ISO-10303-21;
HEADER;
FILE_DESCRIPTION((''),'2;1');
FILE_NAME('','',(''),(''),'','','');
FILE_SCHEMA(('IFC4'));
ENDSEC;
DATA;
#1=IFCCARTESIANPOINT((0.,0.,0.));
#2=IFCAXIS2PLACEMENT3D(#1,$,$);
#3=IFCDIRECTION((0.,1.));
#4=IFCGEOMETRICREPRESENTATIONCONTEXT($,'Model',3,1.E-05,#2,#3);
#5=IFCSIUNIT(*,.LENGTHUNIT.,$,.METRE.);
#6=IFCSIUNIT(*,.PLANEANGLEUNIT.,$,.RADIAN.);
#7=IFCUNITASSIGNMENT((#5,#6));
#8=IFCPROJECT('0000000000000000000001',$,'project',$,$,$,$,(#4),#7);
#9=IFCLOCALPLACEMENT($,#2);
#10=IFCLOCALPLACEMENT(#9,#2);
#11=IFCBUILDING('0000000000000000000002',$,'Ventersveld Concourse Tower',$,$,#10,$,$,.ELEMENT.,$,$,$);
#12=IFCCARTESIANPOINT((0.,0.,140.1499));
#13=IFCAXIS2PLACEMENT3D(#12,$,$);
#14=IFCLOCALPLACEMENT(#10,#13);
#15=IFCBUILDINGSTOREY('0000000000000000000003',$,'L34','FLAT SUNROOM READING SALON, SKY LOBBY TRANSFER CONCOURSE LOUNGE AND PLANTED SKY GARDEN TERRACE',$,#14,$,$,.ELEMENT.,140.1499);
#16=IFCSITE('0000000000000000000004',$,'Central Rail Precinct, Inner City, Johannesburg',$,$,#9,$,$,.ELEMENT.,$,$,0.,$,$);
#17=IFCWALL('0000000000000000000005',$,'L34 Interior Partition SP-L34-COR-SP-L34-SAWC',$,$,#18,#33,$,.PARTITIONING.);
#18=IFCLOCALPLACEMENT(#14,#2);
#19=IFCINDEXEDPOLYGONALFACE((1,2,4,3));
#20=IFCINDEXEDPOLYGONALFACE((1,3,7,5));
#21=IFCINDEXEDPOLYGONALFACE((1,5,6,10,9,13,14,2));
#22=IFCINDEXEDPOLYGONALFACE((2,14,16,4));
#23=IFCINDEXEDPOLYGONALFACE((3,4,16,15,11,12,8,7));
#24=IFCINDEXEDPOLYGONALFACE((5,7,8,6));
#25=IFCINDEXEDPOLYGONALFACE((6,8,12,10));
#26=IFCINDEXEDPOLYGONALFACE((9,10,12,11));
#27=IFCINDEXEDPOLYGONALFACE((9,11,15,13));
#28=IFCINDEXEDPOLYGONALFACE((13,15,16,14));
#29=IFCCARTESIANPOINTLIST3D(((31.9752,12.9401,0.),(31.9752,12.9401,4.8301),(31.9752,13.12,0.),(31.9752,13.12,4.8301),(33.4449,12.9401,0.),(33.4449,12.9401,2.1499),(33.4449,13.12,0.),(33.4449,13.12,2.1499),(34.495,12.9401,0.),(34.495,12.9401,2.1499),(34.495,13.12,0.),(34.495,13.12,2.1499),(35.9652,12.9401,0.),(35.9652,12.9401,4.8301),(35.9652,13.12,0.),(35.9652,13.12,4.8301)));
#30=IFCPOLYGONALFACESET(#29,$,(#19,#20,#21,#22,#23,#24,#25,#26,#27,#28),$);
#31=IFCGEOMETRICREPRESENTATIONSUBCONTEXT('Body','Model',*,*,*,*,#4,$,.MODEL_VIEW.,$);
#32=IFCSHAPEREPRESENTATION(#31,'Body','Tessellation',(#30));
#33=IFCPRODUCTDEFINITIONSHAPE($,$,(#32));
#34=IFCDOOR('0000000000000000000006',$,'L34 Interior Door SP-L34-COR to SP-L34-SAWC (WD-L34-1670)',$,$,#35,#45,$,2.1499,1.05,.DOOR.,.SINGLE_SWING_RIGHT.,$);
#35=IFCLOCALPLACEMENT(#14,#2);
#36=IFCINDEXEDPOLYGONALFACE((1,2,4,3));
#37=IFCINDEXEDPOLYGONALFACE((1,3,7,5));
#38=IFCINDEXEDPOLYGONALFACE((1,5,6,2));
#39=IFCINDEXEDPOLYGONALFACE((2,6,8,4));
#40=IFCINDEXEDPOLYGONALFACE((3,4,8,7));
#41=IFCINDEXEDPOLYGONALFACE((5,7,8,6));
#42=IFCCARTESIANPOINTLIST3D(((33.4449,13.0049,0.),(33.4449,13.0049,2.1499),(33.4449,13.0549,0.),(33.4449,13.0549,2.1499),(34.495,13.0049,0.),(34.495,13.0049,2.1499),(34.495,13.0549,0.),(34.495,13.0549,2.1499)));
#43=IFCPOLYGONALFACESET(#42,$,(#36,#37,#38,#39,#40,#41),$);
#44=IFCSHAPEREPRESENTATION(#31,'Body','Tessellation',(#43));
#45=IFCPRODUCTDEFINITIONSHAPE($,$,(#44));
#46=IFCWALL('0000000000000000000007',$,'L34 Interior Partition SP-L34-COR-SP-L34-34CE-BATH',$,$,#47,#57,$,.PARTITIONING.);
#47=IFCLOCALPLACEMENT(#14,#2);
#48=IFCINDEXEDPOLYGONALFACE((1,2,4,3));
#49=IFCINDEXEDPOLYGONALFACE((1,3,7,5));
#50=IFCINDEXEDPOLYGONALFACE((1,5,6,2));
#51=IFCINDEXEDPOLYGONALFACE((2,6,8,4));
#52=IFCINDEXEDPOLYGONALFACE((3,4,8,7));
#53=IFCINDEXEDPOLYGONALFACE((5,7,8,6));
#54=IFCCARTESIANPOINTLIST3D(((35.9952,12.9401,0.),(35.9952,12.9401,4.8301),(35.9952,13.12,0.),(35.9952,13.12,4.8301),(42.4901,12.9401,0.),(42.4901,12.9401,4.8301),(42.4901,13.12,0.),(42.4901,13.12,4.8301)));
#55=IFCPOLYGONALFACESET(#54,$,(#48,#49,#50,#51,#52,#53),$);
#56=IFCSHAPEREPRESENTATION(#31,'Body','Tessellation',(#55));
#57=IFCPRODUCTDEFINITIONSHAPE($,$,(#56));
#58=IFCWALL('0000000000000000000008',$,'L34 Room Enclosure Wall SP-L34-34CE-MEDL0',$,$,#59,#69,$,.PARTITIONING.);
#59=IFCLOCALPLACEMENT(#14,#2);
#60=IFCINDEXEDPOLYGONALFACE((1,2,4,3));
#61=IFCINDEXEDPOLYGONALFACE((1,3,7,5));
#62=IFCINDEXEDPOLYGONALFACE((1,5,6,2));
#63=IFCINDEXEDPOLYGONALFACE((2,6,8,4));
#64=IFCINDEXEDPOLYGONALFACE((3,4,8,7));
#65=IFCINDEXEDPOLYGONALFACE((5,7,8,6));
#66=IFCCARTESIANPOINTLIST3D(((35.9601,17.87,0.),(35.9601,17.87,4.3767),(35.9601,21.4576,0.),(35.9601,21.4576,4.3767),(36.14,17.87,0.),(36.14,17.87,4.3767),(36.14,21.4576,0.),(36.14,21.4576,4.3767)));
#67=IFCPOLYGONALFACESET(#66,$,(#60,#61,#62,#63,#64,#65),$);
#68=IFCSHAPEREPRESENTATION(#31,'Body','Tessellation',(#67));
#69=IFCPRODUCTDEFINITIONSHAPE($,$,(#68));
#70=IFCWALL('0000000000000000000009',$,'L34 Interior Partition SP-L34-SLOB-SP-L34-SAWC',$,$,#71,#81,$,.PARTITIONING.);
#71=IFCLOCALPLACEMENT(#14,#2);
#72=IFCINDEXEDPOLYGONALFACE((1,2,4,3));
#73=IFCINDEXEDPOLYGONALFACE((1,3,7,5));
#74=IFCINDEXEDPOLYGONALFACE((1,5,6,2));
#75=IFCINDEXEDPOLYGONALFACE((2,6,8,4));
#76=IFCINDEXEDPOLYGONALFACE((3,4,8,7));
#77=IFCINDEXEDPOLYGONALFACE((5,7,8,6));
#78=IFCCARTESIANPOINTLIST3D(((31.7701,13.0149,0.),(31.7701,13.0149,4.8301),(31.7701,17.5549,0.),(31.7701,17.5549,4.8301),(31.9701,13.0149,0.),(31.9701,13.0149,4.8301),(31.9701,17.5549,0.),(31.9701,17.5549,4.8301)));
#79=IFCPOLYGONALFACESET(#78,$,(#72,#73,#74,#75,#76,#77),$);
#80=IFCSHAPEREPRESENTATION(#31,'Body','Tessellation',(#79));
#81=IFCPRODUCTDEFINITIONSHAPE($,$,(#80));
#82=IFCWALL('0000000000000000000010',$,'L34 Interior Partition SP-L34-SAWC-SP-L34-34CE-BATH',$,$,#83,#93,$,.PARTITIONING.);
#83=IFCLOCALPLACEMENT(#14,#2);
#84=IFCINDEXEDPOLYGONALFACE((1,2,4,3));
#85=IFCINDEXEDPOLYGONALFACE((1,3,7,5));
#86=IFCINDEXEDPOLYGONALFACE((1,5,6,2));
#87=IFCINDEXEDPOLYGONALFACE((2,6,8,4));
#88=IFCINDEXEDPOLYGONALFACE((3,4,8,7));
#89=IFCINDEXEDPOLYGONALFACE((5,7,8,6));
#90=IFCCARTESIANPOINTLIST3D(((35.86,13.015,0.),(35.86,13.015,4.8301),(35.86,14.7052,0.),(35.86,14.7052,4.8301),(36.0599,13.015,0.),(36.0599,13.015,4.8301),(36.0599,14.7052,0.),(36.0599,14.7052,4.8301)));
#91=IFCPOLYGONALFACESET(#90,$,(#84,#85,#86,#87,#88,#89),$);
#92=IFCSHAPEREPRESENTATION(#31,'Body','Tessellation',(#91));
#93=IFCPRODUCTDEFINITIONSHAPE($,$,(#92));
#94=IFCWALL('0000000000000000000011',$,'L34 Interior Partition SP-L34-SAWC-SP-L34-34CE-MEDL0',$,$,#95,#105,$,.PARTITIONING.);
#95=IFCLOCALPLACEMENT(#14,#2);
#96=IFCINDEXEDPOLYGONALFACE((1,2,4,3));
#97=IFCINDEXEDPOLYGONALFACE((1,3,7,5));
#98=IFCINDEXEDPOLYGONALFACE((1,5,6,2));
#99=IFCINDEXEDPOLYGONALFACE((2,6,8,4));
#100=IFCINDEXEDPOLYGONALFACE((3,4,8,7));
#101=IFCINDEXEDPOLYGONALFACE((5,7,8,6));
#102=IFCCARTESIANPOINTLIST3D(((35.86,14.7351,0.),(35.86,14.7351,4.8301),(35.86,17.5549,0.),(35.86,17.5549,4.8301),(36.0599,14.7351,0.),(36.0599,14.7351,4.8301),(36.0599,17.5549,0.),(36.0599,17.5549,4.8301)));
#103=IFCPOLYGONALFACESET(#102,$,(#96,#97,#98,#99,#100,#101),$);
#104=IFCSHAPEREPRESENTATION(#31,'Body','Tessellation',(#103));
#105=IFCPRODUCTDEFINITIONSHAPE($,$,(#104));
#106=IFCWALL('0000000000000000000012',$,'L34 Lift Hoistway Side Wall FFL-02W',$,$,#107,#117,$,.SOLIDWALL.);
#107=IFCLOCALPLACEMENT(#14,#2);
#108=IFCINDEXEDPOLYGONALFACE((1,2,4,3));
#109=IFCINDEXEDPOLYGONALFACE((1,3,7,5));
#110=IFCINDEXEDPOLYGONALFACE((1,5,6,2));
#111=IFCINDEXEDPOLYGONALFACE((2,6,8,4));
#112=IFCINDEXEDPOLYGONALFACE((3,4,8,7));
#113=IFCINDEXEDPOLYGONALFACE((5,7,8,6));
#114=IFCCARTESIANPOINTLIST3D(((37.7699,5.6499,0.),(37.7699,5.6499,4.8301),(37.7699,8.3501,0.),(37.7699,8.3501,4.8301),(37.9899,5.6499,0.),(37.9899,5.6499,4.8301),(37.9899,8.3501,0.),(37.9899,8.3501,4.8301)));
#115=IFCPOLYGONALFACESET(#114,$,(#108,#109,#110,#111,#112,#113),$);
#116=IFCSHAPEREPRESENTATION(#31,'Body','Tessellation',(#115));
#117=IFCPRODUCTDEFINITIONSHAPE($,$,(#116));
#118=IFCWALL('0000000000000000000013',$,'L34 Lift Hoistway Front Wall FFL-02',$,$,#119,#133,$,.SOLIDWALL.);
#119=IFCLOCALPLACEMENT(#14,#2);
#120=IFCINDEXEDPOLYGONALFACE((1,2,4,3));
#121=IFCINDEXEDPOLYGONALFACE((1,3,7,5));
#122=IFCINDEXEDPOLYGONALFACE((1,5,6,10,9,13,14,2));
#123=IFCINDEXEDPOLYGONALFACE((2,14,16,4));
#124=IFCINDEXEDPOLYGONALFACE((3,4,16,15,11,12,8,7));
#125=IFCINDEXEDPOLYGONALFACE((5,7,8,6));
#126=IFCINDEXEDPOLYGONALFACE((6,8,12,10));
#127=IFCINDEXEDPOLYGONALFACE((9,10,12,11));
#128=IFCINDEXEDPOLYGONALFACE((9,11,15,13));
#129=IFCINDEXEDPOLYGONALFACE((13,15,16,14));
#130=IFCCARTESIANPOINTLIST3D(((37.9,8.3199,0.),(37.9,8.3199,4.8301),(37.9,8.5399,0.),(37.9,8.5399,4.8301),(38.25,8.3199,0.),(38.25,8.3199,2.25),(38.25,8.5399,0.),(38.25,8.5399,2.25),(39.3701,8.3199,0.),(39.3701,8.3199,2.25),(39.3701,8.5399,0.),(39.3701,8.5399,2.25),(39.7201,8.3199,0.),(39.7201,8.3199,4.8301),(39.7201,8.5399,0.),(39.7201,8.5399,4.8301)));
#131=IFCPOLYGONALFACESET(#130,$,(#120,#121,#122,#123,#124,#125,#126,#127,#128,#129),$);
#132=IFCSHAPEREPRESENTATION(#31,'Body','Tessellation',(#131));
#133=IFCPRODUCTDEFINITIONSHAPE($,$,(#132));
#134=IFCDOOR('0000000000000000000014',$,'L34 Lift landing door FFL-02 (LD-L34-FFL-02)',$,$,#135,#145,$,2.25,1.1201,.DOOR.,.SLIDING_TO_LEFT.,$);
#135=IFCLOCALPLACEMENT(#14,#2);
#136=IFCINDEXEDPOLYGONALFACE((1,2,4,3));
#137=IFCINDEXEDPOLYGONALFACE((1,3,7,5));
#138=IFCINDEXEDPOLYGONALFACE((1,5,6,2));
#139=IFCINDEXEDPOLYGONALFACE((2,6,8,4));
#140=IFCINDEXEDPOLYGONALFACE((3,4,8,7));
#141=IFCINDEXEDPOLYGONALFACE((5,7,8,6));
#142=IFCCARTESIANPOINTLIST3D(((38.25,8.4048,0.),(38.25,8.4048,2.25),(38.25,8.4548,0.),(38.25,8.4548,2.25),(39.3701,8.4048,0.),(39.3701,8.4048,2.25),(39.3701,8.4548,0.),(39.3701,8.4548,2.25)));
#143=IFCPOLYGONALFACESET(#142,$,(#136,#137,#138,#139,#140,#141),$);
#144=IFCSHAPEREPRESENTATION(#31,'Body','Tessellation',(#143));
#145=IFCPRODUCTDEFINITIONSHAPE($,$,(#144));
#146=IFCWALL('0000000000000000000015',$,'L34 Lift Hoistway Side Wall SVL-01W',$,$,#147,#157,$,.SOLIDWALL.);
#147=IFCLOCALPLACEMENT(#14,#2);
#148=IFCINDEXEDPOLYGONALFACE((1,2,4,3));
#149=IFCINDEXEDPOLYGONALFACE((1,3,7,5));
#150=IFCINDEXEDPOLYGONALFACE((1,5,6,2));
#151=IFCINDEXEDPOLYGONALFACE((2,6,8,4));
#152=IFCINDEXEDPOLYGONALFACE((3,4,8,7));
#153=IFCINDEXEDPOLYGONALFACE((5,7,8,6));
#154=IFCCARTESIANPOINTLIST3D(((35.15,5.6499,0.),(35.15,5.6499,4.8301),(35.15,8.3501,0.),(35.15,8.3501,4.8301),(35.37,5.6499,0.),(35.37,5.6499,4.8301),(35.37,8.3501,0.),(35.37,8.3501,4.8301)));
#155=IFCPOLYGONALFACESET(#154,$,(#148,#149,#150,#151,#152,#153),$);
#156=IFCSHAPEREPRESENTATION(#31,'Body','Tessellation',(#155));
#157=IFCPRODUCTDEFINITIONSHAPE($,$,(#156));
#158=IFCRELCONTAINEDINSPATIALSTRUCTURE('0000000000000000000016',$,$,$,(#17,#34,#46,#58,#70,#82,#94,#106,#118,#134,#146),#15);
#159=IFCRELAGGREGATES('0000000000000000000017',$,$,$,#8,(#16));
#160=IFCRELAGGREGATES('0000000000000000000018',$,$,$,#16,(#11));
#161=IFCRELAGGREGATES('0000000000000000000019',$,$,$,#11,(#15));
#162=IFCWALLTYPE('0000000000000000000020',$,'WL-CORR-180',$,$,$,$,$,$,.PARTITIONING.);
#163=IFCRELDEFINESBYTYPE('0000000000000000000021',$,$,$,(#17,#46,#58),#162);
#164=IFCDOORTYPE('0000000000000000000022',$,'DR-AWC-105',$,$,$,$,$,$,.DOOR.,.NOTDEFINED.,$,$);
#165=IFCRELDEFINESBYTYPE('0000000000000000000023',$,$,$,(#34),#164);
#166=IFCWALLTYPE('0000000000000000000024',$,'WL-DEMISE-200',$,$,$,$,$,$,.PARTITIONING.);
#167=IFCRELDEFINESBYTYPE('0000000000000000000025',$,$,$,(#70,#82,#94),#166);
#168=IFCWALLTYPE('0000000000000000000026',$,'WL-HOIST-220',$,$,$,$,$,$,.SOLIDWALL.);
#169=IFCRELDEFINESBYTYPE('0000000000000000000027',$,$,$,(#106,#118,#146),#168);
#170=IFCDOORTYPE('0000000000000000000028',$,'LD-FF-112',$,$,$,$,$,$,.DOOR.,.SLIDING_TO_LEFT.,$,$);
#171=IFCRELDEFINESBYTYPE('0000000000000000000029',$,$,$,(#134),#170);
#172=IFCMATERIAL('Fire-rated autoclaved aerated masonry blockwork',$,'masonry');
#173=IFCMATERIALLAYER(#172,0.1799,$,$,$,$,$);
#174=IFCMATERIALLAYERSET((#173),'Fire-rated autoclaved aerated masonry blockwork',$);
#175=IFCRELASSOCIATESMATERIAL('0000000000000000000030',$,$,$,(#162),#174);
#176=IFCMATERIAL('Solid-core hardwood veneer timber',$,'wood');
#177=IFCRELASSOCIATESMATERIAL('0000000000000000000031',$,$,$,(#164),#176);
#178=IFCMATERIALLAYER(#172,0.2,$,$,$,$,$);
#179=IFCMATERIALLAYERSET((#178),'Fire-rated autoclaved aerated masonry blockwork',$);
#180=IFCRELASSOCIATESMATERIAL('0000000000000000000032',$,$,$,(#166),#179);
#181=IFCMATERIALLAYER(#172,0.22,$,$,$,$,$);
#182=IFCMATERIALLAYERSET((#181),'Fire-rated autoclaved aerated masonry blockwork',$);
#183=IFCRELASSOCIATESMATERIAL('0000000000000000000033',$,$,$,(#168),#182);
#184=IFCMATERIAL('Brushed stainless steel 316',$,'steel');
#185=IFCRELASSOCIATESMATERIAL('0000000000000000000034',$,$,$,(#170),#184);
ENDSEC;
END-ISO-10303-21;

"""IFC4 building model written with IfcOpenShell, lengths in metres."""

from ifc_helpers import new_model, si_unit, direction, frame, frame_2d, origin, place, context, subcontext, project, spatial, rectangle, extrude, material, layer, layer_set, type_object, element, fill, save


model = new_model("IFC4")

# Units and contexts
model_context = context("Model", 3, precision=1e-05, world=origin(), true_north=direction((0.0, 1.0)))
body_context = subcontext(model_context, "Body", "Model", "MODEL_VIEW")
ifc_project = project(units=[si_unit("LENGTHUNIT", "METRE"), si_unit("PLANEANGLEUNIT", "RADIAN")], contexts=[model_context])

# Site, building, storey
site_placement = place(None, origin())
site = spatial("IfcSite", under=ifc_project, at=site_placement, Name="Central Rail Precinct, Inner City, Johannesburg", CompositionType="ELEMENT", RefElevation=0.0)
building_placement = place(site_placement, origin())
building = spatial("IfcBuilding", under=site, at=building_placement, Name="Ventersveld Concourse Tower", CompositionType="ELEMENT")
storey_placement = place(building_placement, frame((0.0, 0.0, 140.1499)))
storey = spatial("IfcBuildingStorey", under=building, at=storey_placement, Name="L34", Description="FLAT SUNROOM READING SALON, SKY LOBBY TRANSFER CONCOURSE LOUNGE AND PLANTED SKY GARDEN TERRACE", CompositionType="ELEMENT", Elevation=140.1499)

# Shared definitions
ifc_material_1 = material(Name="Fire-rated autoclaved aerated masonry blockwork", Category="masonry")
ifc_layer_1 = layer(ifc_material_1, 0.1799)
ifc_layer_set_1 = layer_set([ifc_layer_1], Name="Fire-rated autoclaved aerated masonry blockwork")
wall_type_1 = type_object("IfcWallType", Name="WL-CORR-180", PredefinedType="PARTITIONING", material=ifc_layer_set_1)

# Wall, opening, door
wall_1_placement = place(storey_placement, frame((31.9751, 13.03, 0.0), z_axis=(0.0, 0.0, 1.0), x_axis=(1.0, 0.0, 0.0)))
wall_1 = element("IfcWall", 1, at=wall_1_placement, inside=storey, type_object=wall_type_1, Name="L34 Interior Partition SP-L34-COR-SP-L34-SAWC", PredefinedType="PARTITIONING", context=body_context, shape_type="SweptSolid", body=[
    extrude(rectangle(XDim=3.99, YDim=0.1799, at=frame_2d((1.9951, 0.0))), origin(), (0.0, 0.0, 1.0), 4.8301),
])
opening_1_placement = place(wall_1_placement, frame((1.47, 0.0, 0.0)))
opening_1 = element("IfcOpeningElement", 2, at=opening_1_placement, cuts=wall_1, PredefinedType="OPENING", context=body_context, shape_type="SweptSolid", body=[
    extrude(rectangle(XDim=1.05, YDim=2.1499, at=frame_2d((0.5249, 1.075))), frame((0.0, 0.1001, 0.0), z_axis=(0.0, -1.0, 0.0), x_axis=(1.0, 0.0, 0.0)), (0.0, 0.0, 1.0), 0.2),
])
ifc_material_2 = material(Name="Solid-core hardwood veneer timber", Category="wood")
door_type_1 = type_object("IfcDoorType", Name="DR-AWC-105", OperationType="NOTDEFINED", PredefinedType="DOOR", material=ifc_material_2)
door_1_placement = place(opening_1_placement, origin())
door_1 = element("IfcDoor", 3, at=door_1_placement, inside=storey, type_object=door_type_1, Name="L34 Interior Door SP-L34-COR to SP-L34-SAWC (WD-L34-1670)", OperationType="SINGLE_SWING_RIGHT", OverallHeight=2.1499, OverallWidth=1.05, PredefinedType="DOOR", context=body_context, shape_type="SweptSolid", body=[
    extrude(rectangle(XDim=1.05, YDim=2.1499, at=frame_2d((0.5249, 1.075))), frame((0.0, 0.0249, 0.0), z_axis=(0.0, -1.0, 0.0), x_axis=(1.0, 0.0, 0.0)), (0.0, 0.0, 1.0), 0.05),
])
fill(opening_1, door_1)

# Walls
wall_2_placement = place(storey_placement, frame((35.9951, 13.03, 0.0), z_axis=(0.0, 0.0, 1.0), x_axis=(1.0, 0.0, 0.0)))
element("IfcWall", 4, at=wall_2_placement, inside=storey, type_object=wall_type_1, Name="L34 Interior Partition SP-L34-COR-SP-L34-34CE-BATH", PredefinedType="PARTITIONING", context=body_context, shape_type="SweptSolid", body=[
    extrude(rectangle(XDim=6.4949, YDim=0.1799, at=frame_2d((3.2476, 0.0))), origin(), (0.0, 0.0, 1.0), 4.8301),
])
wall_3_placement = place(storey_placement, frame((36.05, 17.8699, 0.0), z_axis=(0.0, 0.0, 1.0), x_axis=(0.0, 1.0, 0.0)))
element("IfcWall", 5, at=wall_3_placement, inside=storey, type_object=wall_type_1, Name="L34 Room Enclosure Wall SP-L34-34CE-MEDL0", PredefinedType="PARTITIONING", context=body_context, shape_type="SweptSolid", body=[
    extrude(rectangle(XDim=3.5876, YDim=0.1799, at=frame_2d((1.7939, 0.0))), origin(), (0.0, 0.0, 1.0), 4.3767),
])
ifc_layer_2 = layer(ifc_material_1, 0.2)
ifc_layer_set_2 = layer_set([ifc_layer_2], Name="Fire-rated autoclaved aerated masonry blockwork")
wall_type_2 = type_object("IfcWallType", Name="WL-DEMISE-200", PredefinedType="PARTITIONING", material=ifc_layer_set_2)
wall_4_placement = place(storey_placement, frame((31.8701, 13.0149, 0.0), z_axis=(0.0, 0.0, 1.0), x_axis=(0.0, 1.0, 0.0)))
element("IfcWall", 6, at=wall_4_placement, inside=storey, type_object=wall_type_2, Name="L34 Interior Partition SP-L34-SLOB-SP-L34-SAWC", PredefinedType="PARTITIONING", context=body_context, shape_type="SweptSolid", body=[
    extrude(rectangle(XDim=4.54, YDim=0.2, at=frame_2d((2.27, 0.0))), origin(), (0.0, 0.0, 1.0), 4.8301),
])
wall_5_placement = place(storey_placement, frame((35.96, 13.0149, 0.0), z_axis=(0.0, 0.0, 1.0), x_axis=(0.0, 1.0, 0.0)))
element("IfcWall", 7, at=wall_5_placement, inside=storey, type_object=wall_type_2, Name="L34 Interior Partition SP-L34-SAWC-SP-L34-34CE-BATH", PredefinedType="PARTITIONING", context=body_context, shape_type="SweptSolid", body=[
    extrude(rectangle(XDim=1.6902, YDim=0.2, at=frame_2d((0.8452, 0.0))), origin(), (0.0, 0.0, 1.0), 4.8301),
])
wall_6_placement = place(storey_placement, frame((35.96, 14.7351, 0.0), z_axis=(0.0, 0.0, 1.0), x_axis=(0.0, 1.0, 0.0)))
element("IfcWall", 8, at=wall_6_placement, inside=storey, type_object=wall_type_2, Name="L34 Interior Partition SP-L34-SAWC-SP-L34-34CE-MEDL0", PredefinedType="PARTITIONING", context=body_context, shape_type="SweptSolid", body=[
    extrude(rectangle(XDim=2.8198, YDim=0.2, at=frame_2d((1.4099, 0.0))), origin(), (0.0, 0.0, 1.0), 4.8301),
])
ifc_layer_3 = layer(ifc_material_1, 0.22)
ifc_layer_set_3 = layer_set([ifc_layer_3], Name="Fire-rated autoclaved aerated masonry blockwork")
wall_type_3 = type_object("IfcWallType", Name="WL-HOIST-220", PredefinedType="SOLIDWALL", material=ifc_layer_set_3)
wall_7_placement = place(storey_placement, frame((37.8799, 5.6499, 0.0), z_axis=(0.0, 0.0, 1.0), x_axis=(0.0, 1.0, 0.0)))
element("IfcWall", 9, at=wall_7_placement, inside=storey, type_object=wall_type_3, Name="L34 Lift Hoistway Side Wall FFL-02W", PredefinedType="SOLIDWALL", context=body_context, shape_type="SweptSolid", body=[
    extrude(rectangle(XDim=2.7002, YDim=0.22, at=frame_2d((1.3501, 0.0))), origin(), (0.0, 0.0, 1.0), 4.8301),
])

# Wall, opening, door
wall_8_placement = place(storey_placement, frame((37.8999, 8.4299, 0.0), z_axis=(0.0, 0.0, 1.0), x_axis=(1.0, 0.0, 0.0)))
wall_8 = element("IfcWall", 10, at=wall_8_placement, inside=storey, type_object=wall_type_3, Name="L34 Lift Hoistway Front Wall FFL-02", PredefinedType="SOLIDWALL", context=body_context, shape_type="SweptSolid", body=[
    extrude(rectangle(XDim=1.8201, YDim=0.22, at=frame_2d((0.9102, 0.0))), origin(), (0.0, 0.0, 1.0), 4.8301),
])
opening_2_placement = place(wall_8_placement, frame((0.3501, 0.0, 0.0)))
opening_2 = element("IfcOpeningElement", 11, at=opening_2_placement, cuts=wall_8, PredefinedType="OPENING", context=body_context, shape_type="SweptSolid", body=[
    extrude(rectangle(XDim=1.1201, YDim=2.25, at=frame_2d((0.5601, 1.125))), frame((0.0, 0.1201, 0.0), z_axis=(0.0, -1.0, 0.0), x_axis=(1.0, 0.0, 0.0)), (0.0, 0.0, 1.0), 0.24),
])
ifc_material_3 = material(Name="Brushed stainless steel 316", Category="steel")
door_type_2 = type_object("IfcDoorType", Name="LD-FF-112", OperationType="SLIDING_TO_LEFT", PredefinedType="DOOR", material=ifc_material_3)
door_2_placement = place(opening_2_placement, origin())
door_2 = element("IfcDoor", 12, at=door_2_placement, inside=storey, type_object=door_type_2, Name="L34 Lift landing door FFL-02 (LD-L34-FFL-02)", OperationType="SLIDING_TO_LEFT", OverallHeight=2.25, OverallWidth=1.1201, PredefinedType="DOOR", context=body_context, shape_type="SweptSolid", body=[
    extrude(rectangle(XDim=1.1201, YDim=2.25, at=frame_2d((0.5601, 1.125))), frame((0.0, 0.0249, 0.0), z_axis=(0.0, -1.0, 0.0), x_axis=(1.0, 0.0, 0.0)), (0.0, 0.0, 1.0), 0.05),
])
fill(opening_2, door_2)

# Wall
wall_9_placement = place(storey_placement, frame((35.26, 5.6499, 0.0), z_axis=(0.0, 0.0, 1.0), x_axis=(0.0, 1.0, 0.0)))
element("IfcWall", 13, at=wall_9_placement, inside=storey, type_object=wall_type_3, Name="L34 Lift Hoistway Side Wall SVL-01W", PredefinedType="SOLIDWALL", context=body_context, shape_type="SweptSolid", body=[
    extrude(rectangle(XDim=2.7002, YDim=0.22, at=frame_2d((1.3501, 0.0))), origin(), (0.0, 0.0, 1.0), 4.8301),
])

save(model, "model.ifc")
